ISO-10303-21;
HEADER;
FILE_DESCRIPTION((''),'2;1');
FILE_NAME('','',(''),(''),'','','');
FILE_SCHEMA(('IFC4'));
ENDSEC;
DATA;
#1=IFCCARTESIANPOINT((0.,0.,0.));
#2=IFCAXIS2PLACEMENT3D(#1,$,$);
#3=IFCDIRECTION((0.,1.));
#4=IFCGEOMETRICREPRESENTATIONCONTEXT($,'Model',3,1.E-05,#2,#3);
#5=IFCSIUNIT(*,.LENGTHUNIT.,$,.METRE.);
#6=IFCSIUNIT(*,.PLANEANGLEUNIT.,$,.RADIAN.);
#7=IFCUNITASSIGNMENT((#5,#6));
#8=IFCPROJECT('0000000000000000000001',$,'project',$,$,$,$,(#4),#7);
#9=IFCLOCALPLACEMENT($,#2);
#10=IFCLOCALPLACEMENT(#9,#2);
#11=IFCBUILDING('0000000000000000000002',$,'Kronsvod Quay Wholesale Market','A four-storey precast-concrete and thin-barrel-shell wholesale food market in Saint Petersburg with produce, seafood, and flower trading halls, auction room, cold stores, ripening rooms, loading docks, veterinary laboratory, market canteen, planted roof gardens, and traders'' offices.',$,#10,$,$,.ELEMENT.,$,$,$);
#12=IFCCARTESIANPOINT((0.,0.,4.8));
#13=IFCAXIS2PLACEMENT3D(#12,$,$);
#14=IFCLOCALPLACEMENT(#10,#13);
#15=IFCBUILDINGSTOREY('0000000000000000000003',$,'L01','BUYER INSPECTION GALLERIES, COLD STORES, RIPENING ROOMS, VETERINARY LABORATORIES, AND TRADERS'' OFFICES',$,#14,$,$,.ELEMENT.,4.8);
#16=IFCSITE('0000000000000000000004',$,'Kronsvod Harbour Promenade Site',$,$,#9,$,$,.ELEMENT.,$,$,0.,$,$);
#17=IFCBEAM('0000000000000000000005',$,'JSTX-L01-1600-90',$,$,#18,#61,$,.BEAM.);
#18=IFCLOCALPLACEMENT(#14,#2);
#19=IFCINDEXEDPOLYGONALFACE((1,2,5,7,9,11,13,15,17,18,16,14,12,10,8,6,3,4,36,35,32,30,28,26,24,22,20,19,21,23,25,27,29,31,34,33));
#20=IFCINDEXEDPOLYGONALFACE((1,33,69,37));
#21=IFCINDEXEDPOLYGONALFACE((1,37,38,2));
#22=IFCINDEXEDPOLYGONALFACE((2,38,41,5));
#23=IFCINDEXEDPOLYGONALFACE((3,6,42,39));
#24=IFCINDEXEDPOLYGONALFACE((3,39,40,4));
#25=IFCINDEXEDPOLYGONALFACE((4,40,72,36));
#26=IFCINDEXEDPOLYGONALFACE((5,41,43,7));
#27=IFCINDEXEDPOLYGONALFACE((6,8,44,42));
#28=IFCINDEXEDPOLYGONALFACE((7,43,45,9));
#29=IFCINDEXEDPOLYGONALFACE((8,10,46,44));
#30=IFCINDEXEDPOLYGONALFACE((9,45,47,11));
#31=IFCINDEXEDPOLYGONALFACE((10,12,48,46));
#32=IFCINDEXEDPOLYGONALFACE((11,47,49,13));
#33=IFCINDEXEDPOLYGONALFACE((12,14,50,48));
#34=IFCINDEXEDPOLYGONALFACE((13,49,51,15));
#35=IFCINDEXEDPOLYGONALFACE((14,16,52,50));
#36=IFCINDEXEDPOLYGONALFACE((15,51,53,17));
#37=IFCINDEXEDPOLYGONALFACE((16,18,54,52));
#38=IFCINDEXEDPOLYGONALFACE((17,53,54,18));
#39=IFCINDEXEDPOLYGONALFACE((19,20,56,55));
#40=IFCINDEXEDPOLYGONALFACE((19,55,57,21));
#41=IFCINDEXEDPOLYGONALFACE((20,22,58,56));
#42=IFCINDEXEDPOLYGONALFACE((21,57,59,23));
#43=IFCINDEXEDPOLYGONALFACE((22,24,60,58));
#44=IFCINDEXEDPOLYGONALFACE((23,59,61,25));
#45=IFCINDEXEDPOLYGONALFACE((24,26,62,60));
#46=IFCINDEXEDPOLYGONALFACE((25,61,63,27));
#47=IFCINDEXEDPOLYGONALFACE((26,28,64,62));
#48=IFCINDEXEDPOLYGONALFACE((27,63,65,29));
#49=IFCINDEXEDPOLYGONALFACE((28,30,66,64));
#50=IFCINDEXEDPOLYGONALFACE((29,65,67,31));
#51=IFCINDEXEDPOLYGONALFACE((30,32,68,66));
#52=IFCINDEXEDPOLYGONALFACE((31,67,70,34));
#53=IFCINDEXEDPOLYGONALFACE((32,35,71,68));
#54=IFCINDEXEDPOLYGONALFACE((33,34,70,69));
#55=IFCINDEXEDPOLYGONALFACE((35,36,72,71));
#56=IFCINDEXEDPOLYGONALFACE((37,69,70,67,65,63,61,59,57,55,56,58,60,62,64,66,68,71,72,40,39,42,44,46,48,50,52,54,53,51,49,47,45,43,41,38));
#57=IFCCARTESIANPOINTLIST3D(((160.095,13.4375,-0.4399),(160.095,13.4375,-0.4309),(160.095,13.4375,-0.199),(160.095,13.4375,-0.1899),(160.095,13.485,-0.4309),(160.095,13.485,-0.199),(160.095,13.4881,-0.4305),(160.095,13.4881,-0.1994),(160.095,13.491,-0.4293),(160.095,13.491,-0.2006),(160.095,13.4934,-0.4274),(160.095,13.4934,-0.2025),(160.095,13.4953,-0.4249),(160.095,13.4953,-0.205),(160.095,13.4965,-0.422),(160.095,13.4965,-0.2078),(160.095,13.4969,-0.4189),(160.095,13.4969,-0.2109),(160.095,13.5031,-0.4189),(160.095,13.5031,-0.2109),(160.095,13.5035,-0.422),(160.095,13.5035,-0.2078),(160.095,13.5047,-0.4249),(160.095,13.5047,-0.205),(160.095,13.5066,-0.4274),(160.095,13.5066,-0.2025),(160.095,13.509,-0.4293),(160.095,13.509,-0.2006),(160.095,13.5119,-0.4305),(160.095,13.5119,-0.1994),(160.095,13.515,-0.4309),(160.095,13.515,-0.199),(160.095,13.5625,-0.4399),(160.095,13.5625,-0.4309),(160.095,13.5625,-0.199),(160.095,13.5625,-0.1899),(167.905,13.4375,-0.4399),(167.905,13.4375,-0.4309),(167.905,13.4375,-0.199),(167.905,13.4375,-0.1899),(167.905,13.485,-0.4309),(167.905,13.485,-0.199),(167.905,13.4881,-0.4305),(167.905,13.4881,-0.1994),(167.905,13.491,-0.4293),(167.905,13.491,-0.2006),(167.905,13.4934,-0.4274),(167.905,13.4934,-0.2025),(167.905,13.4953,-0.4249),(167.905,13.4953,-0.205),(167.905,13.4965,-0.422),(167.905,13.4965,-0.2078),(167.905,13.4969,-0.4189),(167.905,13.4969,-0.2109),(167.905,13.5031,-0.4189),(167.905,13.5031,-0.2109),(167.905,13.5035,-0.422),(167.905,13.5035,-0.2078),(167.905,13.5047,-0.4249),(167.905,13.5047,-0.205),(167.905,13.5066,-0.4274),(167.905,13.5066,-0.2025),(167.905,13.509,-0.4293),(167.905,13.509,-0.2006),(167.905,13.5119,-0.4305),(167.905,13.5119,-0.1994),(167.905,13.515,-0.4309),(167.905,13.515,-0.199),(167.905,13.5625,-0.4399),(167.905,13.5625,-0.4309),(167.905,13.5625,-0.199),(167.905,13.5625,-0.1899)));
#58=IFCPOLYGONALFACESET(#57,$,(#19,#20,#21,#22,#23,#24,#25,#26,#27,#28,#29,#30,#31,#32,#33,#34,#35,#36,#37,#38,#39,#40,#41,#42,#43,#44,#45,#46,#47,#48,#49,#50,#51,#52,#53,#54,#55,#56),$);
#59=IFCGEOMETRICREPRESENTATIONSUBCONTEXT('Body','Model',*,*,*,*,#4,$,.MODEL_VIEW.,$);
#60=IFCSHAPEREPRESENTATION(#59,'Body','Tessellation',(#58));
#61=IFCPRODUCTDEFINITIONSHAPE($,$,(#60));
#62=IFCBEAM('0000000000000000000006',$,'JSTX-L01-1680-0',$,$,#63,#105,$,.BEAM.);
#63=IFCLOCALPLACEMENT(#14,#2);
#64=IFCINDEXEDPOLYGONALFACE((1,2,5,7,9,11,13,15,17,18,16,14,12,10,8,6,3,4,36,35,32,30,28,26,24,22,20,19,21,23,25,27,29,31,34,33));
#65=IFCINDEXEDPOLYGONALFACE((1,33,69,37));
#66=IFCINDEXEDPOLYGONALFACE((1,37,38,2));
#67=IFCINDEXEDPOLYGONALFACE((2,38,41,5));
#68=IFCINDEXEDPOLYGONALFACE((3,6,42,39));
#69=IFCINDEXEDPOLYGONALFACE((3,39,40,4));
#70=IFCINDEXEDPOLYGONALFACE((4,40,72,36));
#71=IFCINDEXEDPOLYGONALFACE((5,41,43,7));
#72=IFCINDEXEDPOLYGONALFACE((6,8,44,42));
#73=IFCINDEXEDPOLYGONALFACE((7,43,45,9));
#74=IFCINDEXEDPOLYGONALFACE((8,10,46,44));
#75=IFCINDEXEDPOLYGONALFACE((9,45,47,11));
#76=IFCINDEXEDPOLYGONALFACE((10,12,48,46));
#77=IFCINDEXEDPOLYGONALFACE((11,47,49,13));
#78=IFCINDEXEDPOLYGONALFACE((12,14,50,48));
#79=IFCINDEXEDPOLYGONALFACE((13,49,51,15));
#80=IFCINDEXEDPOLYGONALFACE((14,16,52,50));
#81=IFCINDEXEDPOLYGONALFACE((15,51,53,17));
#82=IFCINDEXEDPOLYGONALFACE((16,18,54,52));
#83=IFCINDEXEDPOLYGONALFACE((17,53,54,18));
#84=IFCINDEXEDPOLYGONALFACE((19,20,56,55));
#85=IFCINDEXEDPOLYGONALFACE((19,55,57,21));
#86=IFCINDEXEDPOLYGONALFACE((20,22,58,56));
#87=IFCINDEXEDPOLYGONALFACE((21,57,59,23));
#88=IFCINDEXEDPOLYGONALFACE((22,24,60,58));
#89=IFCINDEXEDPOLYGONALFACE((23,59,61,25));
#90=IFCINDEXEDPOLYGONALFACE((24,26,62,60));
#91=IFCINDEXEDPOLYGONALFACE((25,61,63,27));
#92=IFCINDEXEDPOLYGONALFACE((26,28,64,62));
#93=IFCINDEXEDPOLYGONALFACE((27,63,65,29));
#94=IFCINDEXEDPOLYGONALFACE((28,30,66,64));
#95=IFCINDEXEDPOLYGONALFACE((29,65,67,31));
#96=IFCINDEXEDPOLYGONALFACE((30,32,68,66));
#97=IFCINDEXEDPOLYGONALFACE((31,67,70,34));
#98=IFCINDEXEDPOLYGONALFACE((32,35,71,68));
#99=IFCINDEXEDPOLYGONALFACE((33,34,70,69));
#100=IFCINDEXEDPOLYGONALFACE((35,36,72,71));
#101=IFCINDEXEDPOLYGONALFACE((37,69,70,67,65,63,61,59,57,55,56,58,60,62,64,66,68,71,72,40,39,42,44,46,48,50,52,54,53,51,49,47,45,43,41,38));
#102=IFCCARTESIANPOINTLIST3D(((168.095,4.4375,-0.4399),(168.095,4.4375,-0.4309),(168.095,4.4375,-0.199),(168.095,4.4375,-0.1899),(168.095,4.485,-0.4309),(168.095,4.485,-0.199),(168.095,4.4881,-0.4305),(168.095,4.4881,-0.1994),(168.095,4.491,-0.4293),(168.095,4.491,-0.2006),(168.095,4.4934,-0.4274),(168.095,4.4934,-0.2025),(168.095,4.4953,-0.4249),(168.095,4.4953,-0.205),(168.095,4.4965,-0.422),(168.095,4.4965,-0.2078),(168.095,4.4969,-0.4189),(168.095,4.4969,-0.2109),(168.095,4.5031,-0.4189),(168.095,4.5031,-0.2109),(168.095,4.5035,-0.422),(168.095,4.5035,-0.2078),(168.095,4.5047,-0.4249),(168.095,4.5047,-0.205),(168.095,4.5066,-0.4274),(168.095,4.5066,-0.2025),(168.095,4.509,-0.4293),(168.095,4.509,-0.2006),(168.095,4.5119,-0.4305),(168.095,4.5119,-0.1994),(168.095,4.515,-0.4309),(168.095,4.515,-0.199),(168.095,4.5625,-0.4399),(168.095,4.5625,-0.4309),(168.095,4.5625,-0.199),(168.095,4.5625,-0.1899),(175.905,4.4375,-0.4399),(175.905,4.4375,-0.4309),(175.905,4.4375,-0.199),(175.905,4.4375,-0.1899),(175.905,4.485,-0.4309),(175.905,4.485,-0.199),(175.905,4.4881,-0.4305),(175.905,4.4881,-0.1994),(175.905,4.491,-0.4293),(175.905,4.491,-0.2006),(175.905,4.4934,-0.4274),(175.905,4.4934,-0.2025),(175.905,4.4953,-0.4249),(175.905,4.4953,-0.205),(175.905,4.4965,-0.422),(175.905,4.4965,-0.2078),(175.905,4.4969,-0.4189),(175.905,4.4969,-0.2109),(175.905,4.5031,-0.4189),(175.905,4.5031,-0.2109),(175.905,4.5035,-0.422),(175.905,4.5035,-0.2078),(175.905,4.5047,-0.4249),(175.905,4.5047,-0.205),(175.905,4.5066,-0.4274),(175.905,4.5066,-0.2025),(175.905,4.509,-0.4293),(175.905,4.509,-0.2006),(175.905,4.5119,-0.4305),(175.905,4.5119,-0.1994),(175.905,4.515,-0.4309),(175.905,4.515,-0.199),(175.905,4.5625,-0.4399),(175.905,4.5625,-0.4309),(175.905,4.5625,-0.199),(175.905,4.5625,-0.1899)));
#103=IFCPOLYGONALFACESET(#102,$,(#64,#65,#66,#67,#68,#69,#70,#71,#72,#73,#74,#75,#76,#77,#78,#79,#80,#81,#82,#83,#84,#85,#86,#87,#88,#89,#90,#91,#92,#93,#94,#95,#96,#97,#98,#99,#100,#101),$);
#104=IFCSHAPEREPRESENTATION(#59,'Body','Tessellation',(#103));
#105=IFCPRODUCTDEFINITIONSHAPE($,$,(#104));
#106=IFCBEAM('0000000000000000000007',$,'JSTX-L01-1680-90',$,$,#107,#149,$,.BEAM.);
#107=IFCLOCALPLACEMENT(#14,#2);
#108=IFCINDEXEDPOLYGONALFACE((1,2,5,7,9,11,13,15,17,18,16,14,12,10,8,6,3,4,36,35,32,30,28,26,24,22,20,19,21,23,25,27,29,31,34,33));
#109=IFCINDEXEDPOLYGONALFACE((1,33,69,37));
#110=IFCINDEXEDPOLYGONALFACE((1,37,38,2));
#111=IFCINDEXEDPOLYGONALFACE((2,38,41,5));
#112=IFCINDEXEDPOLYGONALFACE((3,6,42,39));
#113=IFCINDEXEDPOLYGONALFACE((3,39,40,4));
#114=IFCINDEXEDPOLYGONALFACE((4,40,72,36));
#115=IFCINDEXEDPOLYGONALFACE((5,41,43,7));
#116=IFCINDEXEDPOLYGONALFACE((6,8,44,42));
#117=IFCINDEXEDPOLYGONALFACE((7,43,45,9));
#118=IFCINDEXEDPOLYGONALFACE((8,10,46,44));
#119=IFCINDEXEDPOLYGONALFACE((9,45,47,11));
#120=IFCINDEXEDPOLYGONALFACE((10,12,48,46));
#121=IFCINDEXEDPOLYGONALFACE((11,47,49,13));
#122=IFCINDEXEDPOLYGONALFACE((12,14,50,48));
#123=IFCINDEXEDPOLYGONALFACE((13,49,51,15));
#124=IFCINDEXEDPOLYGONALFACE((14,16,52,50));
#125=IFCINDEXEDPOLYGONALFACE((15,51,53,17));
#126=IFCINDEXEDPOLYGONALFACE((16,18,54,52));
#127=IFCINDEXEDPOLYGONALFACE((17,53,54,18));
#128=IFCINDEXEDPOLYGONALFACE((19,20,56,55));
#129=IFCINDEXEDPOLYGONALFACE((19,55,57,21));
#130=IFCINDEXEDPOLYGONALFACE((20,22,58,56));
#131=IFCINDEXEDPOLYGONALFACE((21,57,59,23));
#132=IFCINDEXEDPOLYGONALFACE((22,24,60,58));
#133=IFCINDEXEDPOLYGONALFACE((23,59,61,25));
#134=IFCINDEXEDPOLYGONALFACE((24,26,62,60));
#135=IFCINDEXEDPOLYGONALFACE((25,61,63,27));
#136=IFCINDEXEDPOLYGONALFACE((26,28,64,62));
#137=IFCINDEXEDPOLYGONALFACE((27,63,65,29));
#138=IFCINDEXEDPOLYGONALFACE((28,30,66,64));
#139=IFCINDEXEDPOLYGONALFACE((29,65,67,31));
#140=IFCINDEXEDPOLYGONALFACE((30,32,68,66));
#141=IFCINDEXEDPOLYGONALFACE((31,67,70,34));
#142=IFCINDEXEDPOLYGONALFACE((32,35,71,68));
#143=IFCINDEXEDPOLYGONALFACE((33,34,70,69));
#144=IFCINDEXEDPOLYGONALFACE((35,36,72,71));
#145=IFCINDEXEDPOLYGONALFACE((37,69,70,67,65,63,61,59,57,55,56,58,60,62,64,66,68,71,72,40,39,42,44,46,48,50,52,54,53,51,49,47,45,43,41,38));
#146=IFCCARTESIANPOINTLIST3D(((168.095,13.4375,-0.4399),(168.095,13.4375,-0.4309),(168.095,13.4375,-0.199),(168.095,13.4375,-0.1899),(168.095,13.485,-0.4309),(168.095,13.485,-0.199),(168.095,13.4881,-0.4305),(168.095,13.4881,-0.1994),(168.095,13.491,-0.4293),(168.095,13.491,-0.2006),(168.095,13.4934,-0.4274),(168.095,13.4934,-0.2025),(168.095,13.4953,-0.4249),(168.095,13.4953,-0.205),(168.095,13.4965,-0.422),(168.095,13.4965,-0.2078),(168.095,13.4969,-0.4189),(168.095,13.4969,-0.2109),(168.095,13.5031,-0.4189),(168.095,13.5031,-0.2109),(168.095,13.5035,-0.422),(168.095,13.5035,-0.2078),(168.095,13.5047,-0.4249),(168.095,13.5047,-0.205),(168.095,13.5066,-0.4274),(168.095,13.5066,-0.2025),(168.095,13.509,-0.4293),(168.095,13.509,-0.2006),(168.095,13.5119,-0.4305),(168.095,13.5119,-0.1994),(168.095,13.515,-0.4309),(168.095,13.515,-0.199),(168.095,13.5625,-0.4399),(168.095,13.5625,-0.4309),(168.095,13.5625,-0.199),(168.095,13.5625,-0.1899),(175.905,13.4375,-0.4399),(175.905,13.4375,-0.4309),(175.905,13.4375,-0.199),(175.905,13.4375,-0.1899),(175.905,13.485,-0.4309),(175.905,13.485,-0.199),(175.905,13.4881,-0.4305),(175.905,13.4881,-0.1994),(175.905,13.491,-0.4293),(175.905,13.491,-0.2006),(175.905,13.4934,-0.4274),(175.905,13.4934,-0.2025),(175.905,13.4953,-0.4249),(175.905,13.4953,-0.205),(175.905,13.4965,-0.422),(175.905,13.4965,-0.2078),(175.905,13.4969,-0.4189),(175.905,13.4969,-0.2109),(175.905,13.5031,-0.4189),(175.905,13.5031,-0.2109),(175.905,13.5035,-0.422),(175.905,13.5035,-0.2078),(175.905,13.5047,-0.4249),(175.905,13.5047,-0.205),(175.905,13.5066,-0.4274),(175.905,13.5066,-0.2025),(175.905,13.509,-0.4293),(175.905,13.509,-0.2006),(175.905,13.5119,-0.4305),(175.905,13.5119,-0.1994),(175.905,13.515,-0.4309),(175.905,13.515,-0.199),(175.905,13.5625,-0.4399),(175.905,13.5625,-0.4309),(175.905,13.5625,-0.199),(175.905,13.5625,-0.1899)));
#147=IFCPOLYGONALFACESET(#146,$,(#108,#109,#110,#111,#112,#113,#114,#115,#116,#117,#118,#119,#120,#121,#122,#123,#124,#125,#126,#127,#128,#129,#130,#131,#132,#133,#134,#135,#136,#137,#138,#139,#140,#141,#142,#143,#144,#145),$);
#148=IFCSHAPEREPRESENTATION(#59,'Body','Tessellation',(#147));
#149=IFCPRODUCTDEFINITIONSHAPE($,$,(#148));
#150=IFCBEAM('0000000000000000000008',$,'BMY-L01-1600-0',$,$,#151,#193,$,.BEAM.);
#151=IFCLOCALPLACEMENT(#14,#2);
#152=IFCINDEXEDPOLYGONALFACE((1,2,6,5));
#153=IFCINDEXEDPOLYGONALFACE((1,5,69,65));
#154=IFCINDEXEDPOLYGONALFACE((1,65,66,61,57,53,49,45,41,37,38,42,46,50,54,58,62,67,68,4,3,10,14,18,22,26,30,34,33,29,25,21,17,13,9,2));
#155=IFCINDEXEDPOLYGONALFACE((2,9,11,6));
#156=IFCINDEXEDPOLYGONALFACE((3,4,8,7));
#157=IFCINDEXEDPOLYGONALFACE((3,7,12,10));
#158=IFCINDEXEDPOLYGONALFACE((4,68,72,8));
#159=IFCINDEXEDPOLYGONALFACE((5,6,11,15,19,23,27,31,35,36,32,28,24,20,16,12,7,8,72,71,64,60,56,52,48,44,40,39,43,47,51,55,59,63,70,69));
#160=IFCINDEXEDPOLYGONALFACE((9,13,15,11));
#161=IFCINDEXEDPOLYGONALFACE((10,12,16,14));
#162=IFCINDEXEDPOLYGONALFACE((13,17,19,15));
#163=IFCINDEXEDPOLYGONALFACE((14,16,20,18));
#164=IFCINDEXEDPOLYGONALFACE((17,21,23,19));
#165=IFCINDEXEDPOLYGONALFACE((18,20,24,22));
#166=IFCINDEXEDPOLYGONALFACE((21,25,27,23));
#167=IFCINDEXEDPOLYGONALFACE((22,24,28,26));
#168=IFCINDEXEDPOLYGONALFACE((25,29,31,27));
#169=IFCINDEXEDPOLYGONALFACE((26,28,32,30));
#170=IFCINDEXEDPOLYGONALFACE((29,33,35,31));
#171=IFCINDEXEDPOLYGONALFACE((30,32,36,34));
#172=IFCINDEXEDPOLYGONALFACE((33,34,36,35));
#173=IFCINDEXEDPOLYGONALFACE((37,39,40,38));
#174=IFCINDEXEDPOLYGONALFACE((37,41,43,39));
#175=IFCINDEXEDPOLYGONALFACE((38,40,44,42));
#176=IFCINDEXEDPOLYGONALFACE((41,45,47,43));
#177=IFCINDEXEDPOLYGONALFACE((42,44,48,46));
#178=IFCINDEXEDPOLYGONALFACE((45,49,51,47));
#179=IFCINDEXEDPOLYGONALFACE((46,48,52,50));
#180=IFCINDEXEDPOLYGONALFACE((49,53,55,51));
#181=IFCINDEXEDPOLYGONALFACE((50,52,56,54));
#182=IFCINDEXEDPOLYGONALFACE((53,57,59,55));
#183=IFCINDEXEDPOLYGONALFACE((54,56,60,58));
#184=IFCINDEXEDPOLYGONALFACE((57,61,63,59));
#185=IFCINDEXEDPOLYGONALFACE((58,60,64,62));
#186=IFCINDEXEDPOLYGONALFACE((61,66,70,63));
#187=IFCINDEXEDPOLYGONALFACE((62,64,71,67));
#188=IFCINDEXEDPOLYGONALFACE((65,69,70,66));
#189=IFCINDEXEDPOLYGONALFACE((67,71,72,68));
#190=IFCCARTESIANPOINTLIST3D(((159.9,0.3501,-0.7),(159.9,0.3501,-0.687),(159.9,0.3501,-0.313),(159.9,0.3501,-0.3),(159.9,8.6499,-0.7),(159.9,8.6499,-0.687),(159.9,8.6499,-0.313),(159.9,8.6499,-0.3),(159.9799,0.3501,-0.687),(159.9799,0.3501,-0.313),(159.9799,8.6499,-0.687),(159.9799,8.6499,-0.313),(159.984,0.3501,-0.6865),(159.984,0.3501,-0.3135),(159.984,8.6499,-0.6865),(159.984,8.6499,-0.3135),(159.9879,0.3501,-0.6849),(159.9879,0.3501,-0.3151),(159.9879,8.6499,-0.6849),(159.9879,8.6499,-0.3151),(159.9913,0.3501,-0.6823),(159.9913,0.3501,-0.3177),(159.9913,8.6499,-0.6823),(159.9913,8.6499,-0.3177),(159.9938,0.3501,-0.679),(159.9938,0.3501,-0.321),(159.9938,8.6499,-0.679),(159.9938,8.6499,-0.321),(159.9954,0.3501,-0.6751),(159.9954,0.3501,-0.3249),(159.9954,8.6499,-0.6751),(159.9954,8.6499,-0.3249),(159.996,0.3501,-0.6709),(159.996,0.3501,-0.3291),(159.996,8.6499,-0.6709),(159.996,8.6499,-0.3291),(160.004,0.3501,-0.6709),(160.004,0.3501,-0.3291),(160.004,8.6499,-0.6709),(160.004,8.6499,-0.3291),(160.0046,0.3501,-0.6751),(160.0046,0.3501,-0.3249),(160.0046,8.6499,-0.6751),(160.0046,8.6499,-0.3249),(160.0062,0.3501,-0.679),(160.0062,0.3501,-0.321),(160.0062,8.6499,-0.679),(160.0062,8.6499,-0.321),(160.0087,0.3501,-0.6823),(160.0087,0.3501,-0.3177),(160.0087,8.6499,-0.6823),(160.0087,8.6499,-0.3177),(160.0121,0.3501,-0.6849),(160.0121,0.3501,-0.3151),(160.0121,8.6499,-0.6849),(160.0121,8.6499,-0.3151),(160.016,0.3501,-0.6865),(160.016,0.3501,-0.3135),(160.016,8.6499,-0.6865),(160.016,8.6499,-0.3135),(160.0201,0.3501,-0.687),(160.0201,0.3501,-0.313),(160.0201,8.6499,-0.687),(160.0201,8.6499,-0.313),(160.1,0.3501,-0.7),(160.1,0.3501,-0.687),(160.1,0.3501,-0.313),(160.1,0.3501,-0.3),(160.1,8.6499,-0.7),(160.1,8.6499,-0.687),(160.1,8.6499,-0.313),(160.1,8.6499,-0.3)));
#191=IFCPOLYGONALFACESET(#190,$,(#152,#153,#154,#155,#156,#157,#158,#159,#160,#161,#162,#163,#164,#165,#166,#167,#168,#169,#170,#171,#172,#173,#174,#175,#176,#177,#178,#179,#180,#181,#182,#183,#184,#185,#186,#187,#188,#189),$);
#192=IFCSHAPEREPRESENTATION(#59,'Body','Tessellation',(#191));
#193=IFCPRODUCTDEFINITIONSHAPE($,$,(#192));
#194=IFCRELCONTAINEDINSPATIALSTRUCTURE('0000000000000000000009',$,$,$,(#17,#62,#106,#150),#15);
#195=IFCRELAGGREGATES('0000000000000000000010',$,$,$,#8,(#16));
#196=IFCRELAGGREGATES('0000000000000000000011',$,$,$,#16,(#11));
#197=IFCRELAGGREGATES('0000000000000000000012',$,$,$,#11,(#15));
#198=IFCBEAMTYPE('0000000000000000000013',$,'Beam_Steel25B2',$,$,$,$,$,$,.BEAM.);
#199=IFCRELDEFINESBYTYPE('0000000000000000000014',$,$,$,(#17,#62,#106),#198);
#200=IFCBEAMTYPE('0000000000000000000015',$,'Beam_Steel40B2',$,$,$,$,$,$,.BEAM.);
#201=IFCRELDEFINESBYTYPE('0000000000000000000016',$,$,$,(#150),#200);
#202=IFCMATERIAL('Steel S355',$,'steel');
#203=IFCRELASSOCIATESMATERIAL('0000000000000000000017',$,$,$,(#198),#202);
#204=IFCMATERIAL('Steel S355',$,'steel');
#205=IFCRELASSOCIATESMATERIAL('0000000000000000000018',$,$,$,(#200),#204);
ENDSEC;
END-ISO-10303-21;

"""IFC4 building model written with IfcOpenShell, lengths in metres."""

from ifc_helpers import new_model, si_unit, direction, frame, origin, origin_2d, place, context, subcontext, project, spatial, i_section, extrude, material, material_profile, profile_set, type_object, element, save


model = new_model("IFC4")

# Units and contexts
model_context = context("Model", 3, precision=1e-05, world=origin(), true_north=direction((0.0, 1.0)))
body_context = subcontext(model_context, "Body", "Model", "MODEL_VIEW")
ifc_project = project(units=[si_unit("LENGTHUNIT", "METRE"), si_unit("PLANEANGLEUNIT", "RADIAN")], contexts=[model_context])

# Site, building, storey
site_placement = place(None, origin())
site = spatial("IfcSite", under=ifc_project, at=site_placement, Name="Kronsvod Harbour Promenade Site", CompositionType="ELEMENT", RefElevation=0.0)
building_placement = place(site_placement, origin())
building = spatial("IfcBuilding", under=site, at=building_placement, Name="Kronsvod Quay Wholesale Market", Description="A four-storey precast-concrete and thin-barrel-shell wholesale food market in Saint Petersburg with produce, seafood, and flower trading halls, auction room, cold stores, ripening rooms, loading docks, veterinary laboratory, market canteen, planted roof gardens, and traders' offices.", CompositionType="ELEMENT")
storey_placement = place(building_placement, frame((0.0, 0.0, 4.8)))
storey = spatial("IfcBuildingStorey", under=building, at=storey_placement, Name="L01", Description="BUYER INSPECTION GALLERIES, COLD STORES, RIPENING ROOMS, VETERINARY LABORATORIES, AND TRADERS' OFFICES", CompositionType="ELEMENT", Elevation=4.8)

# Beams
ifc_material_1 = material(Name="Steel S355", Category="steel")
ifc_material_profile_1 = material_profile(ifc_material_1, i_section(OverallWidth=0.125, OverallDepth=0.25, WebThickness=0.0061, FlangeThickness=0.009, FilletRadius=0.012, at=origin_2d()), Name="25B2")
ifc_profile_set_1 = profile_set([ifc_material_profile_1], Name="Steel S355")
beam_type_1 = type_object("IfcBeamType", Name="Beam_Steel25B2", PredefinedType="BEAM", material=ifc_profile_set_1)
for number, where, z_axis, x_axis, name in (
    (1, (160.095, 13.5, -0.3149), (1.0, 0.0, 0.0), (0.0, 1.0, 0.0), "JSTX-L01-1600-90"),
    (2, (168.095, 4.5, -0.3149), (1.0, 0.0, 0.0), (0.0, 1.0, 0.0), "JSTX-L01-1680-0"),
    (3, (168.095, 13.5, -0.3149), (1.0, 0.0, 0.0), (0.0, 1.0, 0.0), "JSTX-L01-1680-90"),
):
    element("IfcBeam", number, at=place(storey_placement, frame(where, z_axis=z_axis, x_axis=x_axis)), inside=storey, type_object=beam_type_1, Name=name, PredefinedType="BEAM", context=body_context, shape_type="SweptSolid", body=[
        extrude(i_section(OverallWidth=0.125, OverallDepth=0.25, WebThickness=0.0061, FlangeThickness=0.009, FilletRadius=0.012, at=origin_2d()), origin(), (0.0, 0.0, 1.0), 7.8101),
    ])
ifc_material_2 = material(Name="Steel S355", Category="steel")
ifc_material_profile_2 = material_profile(ifc_material_2, i_section(OverallWidth=0.2, OverallDepth=0.3999, WebThickness=0.0081, FlangeThickness=0.0129, FilletRadius=0.0161, at=origin_2d()), Name="40B2")
ifc_profile_set_2 = profile_set([ifc_material_profile_2], Name="Steel S355")
beam_type_2 = type_object("IfcBeamType", Name="Beam_Steel40B2", PredefinedType="BEAM", material=ifc_profile_set_2)
for number, where, z_axis, x_axis, name in (
    (4, (160.0, 0.3501, -0.5), (0.0, 1.0, 0.0), (-1.0, 0.0, 0.0), "BMY-L01-1600-0"),
):
    element("IfcBeam", number, at=place(storey_placement, frame(where, z_axis=z_axis, x_axis=x_axis)), inside=storey, type_object=beam_type_2, Name=name, PredefinedType="BEAM", context=body_context, shape_type="SweptSolid", body=[
        extrude(i_section(OverallWidth=0.2, OverallDepth=0.3999, WebThickness=0.0081, FlangeThickness=0.0129, FilletRadius=0.0161, at=origin_2d()), origin(), (0.0, 0.0, 1.0), 8.2998),
    ])

save(model, "model.ifc")
